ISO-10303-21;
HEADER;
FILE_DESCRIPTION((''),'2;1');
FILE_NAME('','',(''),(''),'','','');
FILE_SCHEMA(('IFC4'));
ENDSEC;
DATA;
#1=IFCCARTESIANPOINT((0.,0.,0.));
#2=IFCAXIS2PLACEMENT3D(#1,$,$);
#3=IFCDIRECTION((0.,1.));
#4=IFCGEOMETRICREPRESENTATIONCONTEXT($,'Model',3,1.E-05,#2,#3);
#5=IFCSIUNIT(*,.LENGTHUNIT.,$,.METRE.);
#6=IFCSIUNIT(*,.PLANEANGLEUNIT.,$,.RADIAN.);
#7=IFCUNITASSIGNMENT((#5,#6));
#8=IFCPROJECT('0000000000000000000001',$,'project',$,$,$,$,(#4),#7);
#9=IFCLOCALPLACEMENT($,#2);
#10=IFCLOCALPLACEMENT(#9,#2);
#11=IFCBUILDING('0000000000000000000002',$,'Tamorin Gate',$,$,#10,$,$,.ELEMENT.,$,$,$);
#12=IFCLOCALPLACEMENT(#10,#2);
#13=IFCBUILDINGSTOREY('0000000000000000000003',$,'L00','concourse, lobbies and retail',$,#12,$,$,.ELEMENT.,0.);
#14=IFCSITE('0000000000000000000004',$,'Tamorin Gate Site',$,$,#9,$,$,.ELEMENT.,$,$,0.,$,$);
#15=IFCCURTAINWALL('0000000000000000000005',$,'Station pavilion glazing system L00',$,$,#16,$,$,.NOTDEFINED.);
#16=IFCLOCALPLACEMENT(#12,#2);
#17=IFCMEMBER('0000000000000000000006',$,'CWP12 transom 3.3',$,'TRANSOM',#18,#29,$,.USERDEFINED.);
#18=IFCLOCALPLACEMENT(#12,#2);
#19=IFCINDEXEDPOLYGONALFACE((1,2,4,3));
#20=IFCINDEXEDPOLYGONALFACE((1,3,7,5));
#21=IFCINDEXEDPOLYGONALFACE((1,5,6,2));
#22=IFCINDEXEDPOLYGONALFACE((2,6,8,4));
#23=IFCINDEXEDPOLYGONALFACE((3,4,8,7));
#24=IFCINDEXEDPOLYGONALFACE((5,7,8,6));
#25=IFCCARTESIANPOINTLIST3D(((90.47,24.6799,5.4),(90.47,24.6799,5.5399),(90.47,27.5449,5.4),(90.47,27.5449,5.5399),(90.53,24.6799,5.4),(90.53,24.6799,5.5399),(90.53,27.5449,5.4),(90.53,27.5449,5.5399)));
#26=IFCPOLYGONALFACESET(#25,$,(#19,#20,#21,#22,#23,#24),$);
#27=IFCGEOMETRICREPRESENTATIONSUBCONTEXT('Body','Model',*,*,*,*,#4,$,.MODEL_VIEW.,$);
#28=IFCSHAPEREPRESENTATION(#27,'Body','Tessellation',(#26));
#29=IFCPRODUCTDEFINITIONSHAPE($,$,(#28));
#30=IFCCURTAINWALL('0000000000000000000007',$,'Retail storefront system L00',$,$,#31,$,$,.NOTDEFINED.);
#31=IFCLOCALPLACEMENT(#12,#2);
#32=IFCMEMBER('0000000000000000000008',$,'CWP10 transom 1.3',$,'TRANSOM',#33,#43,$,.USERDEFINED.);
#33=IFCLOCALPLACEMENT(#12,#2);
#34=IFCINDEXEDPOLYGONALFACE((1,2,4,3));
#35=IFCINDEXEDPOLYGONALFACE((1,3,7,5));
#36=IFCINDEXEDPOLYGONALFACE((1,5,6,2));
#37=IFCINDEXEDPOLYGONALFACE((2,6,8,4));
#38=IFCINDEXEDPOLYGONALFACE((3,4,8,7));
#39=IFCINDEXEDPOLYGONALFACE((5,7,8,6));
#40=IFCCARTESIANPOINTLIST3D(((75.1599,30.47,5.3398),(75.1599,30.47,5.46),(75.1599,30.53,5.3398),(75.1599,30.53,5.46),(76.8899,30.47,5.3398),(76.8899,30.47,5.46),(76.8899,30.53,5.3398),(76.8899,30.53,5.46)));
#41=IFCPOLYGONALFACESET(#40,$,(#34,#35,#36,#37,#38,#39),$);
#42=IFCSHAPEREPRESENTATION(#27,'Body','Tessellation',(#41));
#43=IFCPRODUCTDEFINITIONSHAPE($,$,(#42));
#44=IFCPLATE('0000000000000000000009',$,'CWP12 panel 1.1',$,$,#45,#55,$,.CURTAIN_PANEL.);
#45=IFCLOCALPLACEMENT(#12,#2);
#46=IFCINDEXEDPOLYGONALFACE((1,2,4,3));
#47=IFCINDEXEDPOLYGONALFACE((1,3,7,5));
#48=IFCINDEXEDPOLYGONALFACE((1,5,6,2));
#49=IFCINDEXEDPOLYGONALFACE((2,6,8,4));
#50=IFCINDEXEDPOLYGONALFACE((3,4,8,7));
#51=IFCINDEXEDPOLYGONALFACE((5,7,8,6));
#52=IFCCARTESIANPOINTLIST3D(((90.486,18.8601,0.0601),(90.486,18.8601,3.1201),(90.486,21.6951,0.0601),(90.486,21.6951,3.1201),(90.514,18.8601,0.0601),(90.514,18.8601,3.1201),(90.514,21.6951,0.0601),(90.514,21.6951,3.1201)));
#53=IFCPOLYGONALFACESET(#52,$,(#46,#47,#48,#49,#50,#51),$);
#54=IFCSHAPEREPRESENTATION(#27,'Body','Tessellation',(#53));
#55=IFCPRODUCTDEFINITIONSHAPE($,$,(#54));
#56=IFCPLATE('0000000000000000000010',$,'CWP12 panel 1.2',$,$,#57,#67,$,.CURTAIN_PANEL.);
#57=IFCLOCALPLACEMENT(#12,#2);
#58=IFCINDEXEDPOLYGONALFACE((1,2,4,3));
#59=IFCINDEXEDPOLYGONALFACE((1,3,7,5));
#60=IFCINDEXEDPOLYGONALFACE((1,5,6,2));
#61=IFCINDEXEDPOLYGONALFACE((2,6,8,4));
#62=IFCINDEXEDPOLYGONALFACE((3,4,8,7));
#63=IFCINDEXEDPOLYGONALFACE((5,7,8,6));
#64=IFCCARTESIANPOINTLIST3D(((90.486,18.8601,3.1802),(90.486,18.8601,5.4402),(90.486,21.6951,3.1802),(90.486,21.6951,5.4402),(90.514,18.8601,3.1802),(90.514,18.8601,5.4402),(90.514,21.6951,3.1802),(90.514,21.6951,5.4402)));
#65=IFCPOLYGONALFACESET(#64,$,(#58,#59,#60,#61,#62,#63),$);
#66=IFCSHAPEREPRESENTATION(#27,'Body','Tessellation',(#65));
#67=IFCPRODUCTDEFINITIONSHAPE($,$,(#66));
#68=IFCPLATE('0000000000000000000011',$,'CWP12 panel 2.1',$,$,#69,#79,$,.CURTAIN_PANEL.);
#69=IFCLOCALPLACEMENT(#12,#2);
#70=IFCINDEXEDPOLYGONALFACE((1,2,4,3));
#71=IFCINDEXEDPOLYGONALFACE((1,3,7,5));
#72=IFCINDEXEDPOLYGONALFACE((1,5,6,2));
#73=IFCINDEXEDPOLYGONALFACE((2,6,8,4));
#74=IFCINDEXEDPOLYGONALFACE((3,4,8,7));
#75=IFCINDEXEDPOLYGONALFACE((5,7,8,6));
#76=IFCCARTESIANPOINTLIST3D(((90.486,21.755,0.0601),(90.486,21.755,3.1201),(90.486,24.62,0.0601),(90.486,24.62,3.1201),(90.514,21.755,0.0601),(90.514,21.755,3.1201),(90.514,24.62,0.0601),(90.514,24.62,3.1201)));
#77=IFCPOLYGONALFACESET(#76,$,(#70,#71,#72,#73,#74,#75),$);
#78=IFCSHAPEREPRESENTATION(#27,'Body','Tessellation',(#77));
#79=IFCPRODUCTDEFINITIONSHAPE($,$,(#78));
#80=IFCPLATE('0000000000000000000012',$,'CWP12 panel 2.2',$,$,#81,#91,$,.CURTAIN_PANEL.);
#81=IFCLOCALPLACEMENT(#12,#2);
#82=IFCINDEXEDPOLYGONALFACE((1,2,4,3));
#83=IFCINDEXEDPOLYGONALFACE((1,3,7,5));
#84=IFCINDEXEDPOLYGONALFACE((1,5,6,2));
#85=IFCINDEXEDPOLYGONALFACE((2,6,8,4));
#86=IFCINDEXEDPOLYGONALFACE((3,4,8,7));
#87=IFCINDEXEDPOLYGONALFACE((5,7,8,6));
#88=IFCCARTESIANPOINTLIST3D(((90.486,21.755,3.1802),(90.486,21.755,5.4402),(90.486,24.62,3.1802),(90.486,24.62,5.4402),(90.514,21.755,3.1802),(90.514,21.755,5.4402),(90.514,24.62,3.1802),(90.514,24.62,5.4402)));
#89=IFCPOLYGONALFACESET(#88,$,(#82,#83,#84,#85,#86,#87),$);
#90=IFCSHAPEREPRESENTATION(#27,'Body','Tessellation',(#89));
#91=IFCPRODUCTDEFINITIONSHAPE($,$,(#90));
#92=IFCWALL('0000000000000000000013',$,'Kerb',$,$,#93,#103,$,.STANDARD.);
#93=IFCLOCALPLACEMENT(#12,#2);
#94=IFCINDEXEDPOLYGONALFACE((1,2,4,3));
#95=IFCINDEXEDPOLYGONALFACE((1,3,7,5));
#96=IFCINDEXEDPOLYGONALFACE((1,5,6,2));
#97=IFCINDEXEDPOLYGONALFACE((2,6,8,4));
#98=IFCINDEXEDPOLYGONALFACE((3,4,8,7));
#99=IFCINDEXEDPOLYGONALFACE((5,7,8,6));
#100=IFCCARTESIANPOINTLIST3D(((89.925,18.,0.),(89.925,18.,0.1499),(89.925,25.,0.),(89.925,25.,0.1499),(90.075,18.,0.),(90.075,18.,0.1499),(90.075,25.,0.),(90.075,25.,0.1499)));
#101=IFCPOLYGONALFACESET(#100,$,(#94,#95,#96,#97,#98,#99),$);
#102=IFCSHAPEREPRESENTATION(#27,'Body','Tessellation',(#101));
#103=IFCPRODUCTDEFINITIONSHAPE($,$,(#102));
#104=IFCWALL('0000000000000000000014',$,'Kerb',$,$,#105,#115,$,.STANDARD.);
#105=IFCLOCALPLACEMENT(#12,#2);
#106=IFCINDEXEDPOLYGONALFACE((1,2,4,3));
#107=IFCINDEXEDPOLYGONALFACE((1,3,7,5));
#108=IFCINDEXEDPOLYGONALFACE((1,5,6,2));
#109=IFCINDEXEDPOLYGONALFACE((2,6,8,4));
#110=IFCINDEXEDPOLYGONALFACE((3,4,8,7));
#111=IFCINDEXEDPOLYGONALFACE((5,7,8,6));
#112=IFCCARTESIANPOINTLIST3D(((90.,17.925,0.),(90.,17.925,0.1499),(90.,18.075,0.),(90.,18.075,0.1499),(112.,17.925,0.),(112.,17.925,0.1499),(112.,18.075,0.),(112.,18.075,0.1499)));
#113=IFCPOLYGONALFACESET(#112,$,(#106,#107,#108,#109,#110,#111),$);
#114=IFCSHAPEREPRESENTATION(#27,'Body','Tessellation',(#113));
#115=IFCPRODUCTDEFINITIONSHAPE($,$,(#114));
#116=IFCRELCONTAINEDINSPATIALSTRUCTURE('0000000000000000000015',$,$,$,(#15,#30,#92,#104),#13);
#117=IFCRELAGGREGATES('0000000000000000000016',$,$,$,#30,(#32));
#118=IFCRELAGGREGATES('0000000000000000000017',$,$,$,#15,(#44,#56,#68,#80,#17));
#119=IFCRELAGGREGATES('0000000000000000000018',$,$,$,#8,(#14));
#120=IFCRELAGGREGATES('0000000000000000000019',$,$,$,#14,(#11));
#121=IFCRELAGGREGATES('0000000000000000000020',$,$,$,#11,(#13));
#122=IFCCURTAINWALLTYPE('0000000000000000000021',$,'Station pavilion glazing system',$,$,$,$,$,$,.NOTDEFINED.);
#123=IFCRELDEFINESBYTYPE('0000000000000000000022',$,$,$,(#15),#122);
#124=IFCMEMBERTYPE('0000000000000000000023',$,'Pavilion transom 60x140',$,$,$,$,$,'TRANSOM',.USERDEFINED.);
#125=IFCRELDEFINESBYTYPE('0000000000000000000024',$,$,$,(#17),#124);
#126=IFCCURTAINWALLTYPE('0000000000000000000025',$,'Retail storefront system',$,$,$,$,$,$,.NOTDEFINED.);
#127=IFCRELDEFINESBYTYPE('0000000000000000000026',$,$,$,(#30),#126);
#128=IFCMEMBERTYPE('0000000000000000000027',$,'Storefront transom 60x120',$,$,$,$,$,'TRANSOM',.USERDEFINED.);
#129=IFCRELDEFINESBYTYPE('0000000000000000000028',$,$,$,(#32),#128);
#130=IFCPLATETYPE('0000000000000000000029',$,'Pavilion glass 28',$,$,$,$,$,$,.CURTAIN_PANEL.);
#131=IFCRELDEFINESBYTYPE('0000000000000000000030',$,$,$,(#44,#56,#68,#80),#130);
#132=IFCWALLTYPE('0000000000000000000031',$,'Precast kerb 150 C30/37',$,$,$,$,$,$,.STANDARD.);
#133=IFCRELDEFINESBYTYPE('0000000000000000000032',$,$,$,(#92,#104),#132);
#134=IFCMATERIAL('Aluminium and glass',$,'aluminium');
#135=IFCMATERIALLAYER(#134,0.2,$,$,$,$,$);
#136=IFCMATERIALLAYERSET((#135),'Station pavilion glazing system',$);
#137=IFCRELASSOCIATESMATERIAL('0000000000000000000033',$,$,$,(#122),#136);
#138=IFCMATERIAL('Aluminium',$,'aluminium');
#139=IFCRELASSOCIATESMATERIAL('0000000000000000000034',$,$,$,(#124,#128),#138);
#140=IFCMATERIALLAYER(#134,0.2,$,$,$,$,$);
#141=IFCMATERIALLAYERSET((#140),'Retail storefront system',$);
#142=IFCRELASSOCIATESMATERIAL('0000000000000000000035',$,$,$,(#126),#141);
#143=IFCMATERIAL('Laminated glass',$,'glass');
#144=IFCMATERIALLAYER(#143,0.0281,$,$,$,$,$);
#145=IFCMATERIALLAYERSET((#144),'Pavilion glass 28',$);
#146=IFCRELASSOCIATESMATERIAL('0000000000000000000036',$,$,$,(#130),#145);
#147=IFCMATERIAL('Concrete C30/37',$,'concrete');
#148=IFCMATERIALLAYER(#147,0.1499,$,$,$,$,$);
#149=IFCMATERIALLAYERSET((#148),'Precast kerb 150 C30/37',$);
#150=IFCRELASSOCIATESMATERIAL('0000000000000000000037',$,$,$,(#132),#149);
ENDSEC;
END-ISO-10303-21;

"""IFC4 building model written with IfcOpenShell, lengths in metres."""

from ifc_helpers import new_model, si_unit, direction, frame, frame_2d, origin, origin_2d, place, context, subcontext, project, spatial, rectangle, extrude, material, layer, layer_set, material_profile, profile_set, type_object, element, aggregate, save


model = new_model("IFC4")

# Units and contexts
model_context = context("Model", 3, precision=1e-05, world=origin(), true_north=direction((0.0, 1.0)))
body_context = subcontext(model_context, "Body", "Model", "MODEL_VIEW")
ifc_project = project(units=[si_unit("LENGTHUNIT", "METRE"), si_unit("PLANEANGLEUNIT", "RADIAN")], contexts=[model_context])

# Site, building, storey
site_placement = place(None, origin())
site = spatial("IfcSite", under=ifc_project, at=site_placement, Name="Tamorin Gate Site", CompositionType="ELEMENT", RefElevation=0.0)
building_placement = place(site_placement, origin())
building = spatial("IfcBuilding", under=site, at=building_placement, Name="Tamorin Gate", CompositionType="ELEMENT")
storey_placement = place(building_placement, origin())
storey = spatial("IfcBuildingStorey", under=building, at=storey_placement, Name="L00", Description="concourse, lobbies and retail", CompositionType="ELEMENT", Elevation=0.0)

# Curtain wall, member
ifc_material_1 = material(Name="Aluminium and glass", Category="aluminium")
ifc_layer_1 = layer(ifc_material_1, 0.2)
ifc_layer_set_1 = layer_set([ifc_layer_1], Name="Station pavilion glazing system")
curtain_wall_type_1 = type_object("IfcCurtainWallType", Name="Station pavilion glazing system", PredefinedType="NOTDEFINED", material=ifc_layer_set_1)
curtain_wall_1_placement = place(storey_placement, origin())
curtain_wall_1 = element("IfcCurtainWall", 1, at=curtain_wall_1_placement, inside=storey, type_object=curtain_wall_type_1, Name="Station pavilion glazing system L00", PredefinedType="NOTDEFINED")
ifc_material_2 = material(Name="Aluminium", Category="aluminium")
ifc_material_profile_1 = material_profile(ifc_material_2, rectangle(XDim=0.0601, YDim=0.1399, at=origin_2d()), Name="RECT 60x140")
ifc_profile_set_1 = profile_set([ifc_material_profile_1], Name="Aluminium")
member_type_1 = type_object("IfcMemberType", Name="Pavilion transom 60x140", ElementType="TRANSOM", PredefinedType="USERDEFINED", material=ifc_profile_set_1)
member_1_placement = place(storey_placement, frame((90.5, 24.6799, 5.47), z_axis=(0.0, 1.0, 0.0), x_axis=(-1.0, 0.0, 0.0)))
member_1 = element("IfcMember", 2, at=member_1_placement, type_object=member_type_1, Name="CWP12 transom 3.3", ObjectType="TRANSOM", PredefinedType="USERDEFINED", context=body_context, shape_type="SweptSolid", body=[
    extrude(rectangle(XDim=0.0601, YDim=0.1399, at=origin_2d()), origin(), (0.0, 0.0, 1.0), 2.865),
])

# Curtain wall, member
ifc_layer_2 = layer(ifc_material_1, 0.2)
ifc_layer_set_2 = layer_set([ifc_layer_2], Name="Retail storefront system")
curtain_wall_type_2 = type_object("IfcCurtainWallType", Name="Retail storefront system", PredefinedType="NOTDEFINED", material=ifc_layer_set_2)
curtain_wall_2_placement = place(storey_placement, origin())
curtain_wall_2 = element("IfcCurtainWall", 3, at=curtain_wall_2_placement, inside=storey, type_object=curtain_wall_type_2, Name="Retail storefront system L00", PredefinedType="NOTDEFINED")
ifc_material_profile_2 = material_profile(ifc_material_2, rectangle(XDim=0.0601, YDim=0.1201, at=origin_2d()), Name="RECT 60x120")
ifc_profile_set_2 = profile_set([ifc_material_profile_2], Name="Aluminium")
member_type_2 = type_object("IfcMemberType", Name="Storefront transom 60x120", ElementType="TRANSOM", PredefinedType="USERDEFINED", material=ifc_profile_set_2)
member_2_placement = place(storey_placement, frame((75.1599, 30.5, 5.3999), z_axis=(1.0, 0.0, 0.0), x_axis=(0.0, 1.0, 0.0)))
member_2 = element("IfcMember", 4, at=member_2_placement, type_object=member_type_2, Name="CWP10 transom 1.3", ObjectType="TRANSOM", PredefinedType="USERDEFINED", context=body_context, shape_type="SweptSolid", body=[
    extrude(rectangle(XDim=0.0601, YDim=0.1201, at=origin_2d()), origin(), (0.0, 0.0, 1.0), 1.73),
])
aggregate(curtain_wall_2, [member_2])

# Plates
ifc_material_3 = material(Name="Laminated glass", Category="glass")
ifc_layer_3 = layer(ifc_material_3, 0.0281)
ifc_layer_set_3 = layer_set([ifc_layer_3], Name="Pavilion glass 28")
plate_type = type_object("IfcPlateType", Name="Pavilion glass 28", PredefinedType="CURTAIN_PANEL", material=ifc_layer_set_3)
plate_1_placement = place(storey_placement, frame((90.5, 20.2776, 0.0601), z_axis=(0.0, 0.0, 1.0), x_axis=(0.0, 1.0, 0.0)))
plate_1 = element("IfcPlate", 5, at=plate_1_placement, type_object=plate_type, Name="CWP12 panel 1.1", PredefinedType="CURTAIN_PANEL", context=body_context, shape_type="SweptSolid", body=[
    extrude(rectangle(XDim=2.835, YDim=0.0281, at=origin_2d()), origin(), (0.0, 0.0, 1.0), 3.0601),
])
plate_2_placement = place(storey_placement, frame((90.5, 20.2776, 3.1802), z_axis=(0.0, 0.0, 1.0), x_axis=(0.0, 1.0, 0.0)))
plate_2 = element("IfcPlate", 6, at=plate_2_placement, type_object=plate_type, Name="CWP12 panel 1.2", PredefinedType="CURTAIN_PANEL", context=body_context, shape_type="SweptSolid", body=[
    extrude(rectangle(XDim=2.835, YDim=0.0281, at=origin_2d()), origin(), (0.0, 0.0, 1.0), 2.26),
])
plate_3_placement = place(storey_placement, frame((90.5, 23.1875, 0.0601), z_axis=(0.0, 0.0, 1.0), x_axis=(0.0, 1.0, 0.0)))
plate_3 = element("IfcPlate", 7, at=plate_3_placement, type_object=plate_type, Name="CWP12 panel 2.1", PredefinedType="CURTAIN_PANEL", context=body_context, shape_type="SweptSolid", body=[
    extrude(rectangle(XDim=2.865, YDim=0.0281, at=origin_2d()), origin(), (0.0, 0.0, 1.0), 3.0601),
])
plate_4_placement = place(storey_placement, frame((90.5, 23.1875, 3.1802), z_axis=(0.0, 0.0, 1.0), x_axis=(0.0, 1.0, 0.0)))
plate_4 = element("IfcPlate", 8, at=plate_4_placement, type_object=plate_type, Name="CWP12 panel 2.2", PredefinedType="CURTAIN_PANEL", context=body_context, shape_type="SweptSolid", body=[
    extrude(rectangle(XDim=2.865, YDim=0.0281, at=origin_2d()), origin(), (0.0, 0.0, 1.0), 2.26),
])
aggregate(curtain_wall_1, [plate_1, plate_2, plate_3, plate_4, member_1])

# Walls
ifc_material_4 = material(Name="Concrete C30/37", Category="concrete")
ifc_layer_4 = layer(ifc_material_4, 0.1499)
ifc_layer_set_4 = layer_set([ifc_layer_4], Name="Precast kerb 150 C30/37")
wall_type = type_object("IfcWallType", Name="Precast kerb 150 C30/37", PredefinedType="STANDARD", material=ifc_layer_set_4)
wall_1_placement = place(storey_placement, frame((90.0, 25.0, 0.0), z_axis=(0.0, 0.0, 1.0), x_axis=(0.0, -1.0, 0.0)))
element("IfcWall", 9, at=wall_1_placement, inside=storey, type_object=wall_type, Name="Kerb", PredefinedType="STANDARD", context=body_context, shape_type="SweptSolid", body=[
    extrude(rectangle(XDim=7.0, YDim=0.1499, at=frame_2d((3.5, 0.0))), origin(), (0.0, 0.0, 1.0), 0.1499),
])
wall_2_placement = place(storey_placement, frame((90.0, 18.0, 0.0), z_axis=(0.0, 0.0, 1.0), x_axis=(1.0, 0.0, 0.0)))
element("IfcWall", 10, at=wall_2_placement, inside=storey, type_object=wall_type, Name="Kerb", PredefinedType="STANDARD", context=body_context, shape_type="SweptSolid", body=[
    extrude(rectangle(XDim=22.0, YDim=0.1499, at=frame_2d((11.0, 0.0))), origin(), (0.0, 0.0, 1.0), 0.1499),
])

save(model, "model.ifc")
